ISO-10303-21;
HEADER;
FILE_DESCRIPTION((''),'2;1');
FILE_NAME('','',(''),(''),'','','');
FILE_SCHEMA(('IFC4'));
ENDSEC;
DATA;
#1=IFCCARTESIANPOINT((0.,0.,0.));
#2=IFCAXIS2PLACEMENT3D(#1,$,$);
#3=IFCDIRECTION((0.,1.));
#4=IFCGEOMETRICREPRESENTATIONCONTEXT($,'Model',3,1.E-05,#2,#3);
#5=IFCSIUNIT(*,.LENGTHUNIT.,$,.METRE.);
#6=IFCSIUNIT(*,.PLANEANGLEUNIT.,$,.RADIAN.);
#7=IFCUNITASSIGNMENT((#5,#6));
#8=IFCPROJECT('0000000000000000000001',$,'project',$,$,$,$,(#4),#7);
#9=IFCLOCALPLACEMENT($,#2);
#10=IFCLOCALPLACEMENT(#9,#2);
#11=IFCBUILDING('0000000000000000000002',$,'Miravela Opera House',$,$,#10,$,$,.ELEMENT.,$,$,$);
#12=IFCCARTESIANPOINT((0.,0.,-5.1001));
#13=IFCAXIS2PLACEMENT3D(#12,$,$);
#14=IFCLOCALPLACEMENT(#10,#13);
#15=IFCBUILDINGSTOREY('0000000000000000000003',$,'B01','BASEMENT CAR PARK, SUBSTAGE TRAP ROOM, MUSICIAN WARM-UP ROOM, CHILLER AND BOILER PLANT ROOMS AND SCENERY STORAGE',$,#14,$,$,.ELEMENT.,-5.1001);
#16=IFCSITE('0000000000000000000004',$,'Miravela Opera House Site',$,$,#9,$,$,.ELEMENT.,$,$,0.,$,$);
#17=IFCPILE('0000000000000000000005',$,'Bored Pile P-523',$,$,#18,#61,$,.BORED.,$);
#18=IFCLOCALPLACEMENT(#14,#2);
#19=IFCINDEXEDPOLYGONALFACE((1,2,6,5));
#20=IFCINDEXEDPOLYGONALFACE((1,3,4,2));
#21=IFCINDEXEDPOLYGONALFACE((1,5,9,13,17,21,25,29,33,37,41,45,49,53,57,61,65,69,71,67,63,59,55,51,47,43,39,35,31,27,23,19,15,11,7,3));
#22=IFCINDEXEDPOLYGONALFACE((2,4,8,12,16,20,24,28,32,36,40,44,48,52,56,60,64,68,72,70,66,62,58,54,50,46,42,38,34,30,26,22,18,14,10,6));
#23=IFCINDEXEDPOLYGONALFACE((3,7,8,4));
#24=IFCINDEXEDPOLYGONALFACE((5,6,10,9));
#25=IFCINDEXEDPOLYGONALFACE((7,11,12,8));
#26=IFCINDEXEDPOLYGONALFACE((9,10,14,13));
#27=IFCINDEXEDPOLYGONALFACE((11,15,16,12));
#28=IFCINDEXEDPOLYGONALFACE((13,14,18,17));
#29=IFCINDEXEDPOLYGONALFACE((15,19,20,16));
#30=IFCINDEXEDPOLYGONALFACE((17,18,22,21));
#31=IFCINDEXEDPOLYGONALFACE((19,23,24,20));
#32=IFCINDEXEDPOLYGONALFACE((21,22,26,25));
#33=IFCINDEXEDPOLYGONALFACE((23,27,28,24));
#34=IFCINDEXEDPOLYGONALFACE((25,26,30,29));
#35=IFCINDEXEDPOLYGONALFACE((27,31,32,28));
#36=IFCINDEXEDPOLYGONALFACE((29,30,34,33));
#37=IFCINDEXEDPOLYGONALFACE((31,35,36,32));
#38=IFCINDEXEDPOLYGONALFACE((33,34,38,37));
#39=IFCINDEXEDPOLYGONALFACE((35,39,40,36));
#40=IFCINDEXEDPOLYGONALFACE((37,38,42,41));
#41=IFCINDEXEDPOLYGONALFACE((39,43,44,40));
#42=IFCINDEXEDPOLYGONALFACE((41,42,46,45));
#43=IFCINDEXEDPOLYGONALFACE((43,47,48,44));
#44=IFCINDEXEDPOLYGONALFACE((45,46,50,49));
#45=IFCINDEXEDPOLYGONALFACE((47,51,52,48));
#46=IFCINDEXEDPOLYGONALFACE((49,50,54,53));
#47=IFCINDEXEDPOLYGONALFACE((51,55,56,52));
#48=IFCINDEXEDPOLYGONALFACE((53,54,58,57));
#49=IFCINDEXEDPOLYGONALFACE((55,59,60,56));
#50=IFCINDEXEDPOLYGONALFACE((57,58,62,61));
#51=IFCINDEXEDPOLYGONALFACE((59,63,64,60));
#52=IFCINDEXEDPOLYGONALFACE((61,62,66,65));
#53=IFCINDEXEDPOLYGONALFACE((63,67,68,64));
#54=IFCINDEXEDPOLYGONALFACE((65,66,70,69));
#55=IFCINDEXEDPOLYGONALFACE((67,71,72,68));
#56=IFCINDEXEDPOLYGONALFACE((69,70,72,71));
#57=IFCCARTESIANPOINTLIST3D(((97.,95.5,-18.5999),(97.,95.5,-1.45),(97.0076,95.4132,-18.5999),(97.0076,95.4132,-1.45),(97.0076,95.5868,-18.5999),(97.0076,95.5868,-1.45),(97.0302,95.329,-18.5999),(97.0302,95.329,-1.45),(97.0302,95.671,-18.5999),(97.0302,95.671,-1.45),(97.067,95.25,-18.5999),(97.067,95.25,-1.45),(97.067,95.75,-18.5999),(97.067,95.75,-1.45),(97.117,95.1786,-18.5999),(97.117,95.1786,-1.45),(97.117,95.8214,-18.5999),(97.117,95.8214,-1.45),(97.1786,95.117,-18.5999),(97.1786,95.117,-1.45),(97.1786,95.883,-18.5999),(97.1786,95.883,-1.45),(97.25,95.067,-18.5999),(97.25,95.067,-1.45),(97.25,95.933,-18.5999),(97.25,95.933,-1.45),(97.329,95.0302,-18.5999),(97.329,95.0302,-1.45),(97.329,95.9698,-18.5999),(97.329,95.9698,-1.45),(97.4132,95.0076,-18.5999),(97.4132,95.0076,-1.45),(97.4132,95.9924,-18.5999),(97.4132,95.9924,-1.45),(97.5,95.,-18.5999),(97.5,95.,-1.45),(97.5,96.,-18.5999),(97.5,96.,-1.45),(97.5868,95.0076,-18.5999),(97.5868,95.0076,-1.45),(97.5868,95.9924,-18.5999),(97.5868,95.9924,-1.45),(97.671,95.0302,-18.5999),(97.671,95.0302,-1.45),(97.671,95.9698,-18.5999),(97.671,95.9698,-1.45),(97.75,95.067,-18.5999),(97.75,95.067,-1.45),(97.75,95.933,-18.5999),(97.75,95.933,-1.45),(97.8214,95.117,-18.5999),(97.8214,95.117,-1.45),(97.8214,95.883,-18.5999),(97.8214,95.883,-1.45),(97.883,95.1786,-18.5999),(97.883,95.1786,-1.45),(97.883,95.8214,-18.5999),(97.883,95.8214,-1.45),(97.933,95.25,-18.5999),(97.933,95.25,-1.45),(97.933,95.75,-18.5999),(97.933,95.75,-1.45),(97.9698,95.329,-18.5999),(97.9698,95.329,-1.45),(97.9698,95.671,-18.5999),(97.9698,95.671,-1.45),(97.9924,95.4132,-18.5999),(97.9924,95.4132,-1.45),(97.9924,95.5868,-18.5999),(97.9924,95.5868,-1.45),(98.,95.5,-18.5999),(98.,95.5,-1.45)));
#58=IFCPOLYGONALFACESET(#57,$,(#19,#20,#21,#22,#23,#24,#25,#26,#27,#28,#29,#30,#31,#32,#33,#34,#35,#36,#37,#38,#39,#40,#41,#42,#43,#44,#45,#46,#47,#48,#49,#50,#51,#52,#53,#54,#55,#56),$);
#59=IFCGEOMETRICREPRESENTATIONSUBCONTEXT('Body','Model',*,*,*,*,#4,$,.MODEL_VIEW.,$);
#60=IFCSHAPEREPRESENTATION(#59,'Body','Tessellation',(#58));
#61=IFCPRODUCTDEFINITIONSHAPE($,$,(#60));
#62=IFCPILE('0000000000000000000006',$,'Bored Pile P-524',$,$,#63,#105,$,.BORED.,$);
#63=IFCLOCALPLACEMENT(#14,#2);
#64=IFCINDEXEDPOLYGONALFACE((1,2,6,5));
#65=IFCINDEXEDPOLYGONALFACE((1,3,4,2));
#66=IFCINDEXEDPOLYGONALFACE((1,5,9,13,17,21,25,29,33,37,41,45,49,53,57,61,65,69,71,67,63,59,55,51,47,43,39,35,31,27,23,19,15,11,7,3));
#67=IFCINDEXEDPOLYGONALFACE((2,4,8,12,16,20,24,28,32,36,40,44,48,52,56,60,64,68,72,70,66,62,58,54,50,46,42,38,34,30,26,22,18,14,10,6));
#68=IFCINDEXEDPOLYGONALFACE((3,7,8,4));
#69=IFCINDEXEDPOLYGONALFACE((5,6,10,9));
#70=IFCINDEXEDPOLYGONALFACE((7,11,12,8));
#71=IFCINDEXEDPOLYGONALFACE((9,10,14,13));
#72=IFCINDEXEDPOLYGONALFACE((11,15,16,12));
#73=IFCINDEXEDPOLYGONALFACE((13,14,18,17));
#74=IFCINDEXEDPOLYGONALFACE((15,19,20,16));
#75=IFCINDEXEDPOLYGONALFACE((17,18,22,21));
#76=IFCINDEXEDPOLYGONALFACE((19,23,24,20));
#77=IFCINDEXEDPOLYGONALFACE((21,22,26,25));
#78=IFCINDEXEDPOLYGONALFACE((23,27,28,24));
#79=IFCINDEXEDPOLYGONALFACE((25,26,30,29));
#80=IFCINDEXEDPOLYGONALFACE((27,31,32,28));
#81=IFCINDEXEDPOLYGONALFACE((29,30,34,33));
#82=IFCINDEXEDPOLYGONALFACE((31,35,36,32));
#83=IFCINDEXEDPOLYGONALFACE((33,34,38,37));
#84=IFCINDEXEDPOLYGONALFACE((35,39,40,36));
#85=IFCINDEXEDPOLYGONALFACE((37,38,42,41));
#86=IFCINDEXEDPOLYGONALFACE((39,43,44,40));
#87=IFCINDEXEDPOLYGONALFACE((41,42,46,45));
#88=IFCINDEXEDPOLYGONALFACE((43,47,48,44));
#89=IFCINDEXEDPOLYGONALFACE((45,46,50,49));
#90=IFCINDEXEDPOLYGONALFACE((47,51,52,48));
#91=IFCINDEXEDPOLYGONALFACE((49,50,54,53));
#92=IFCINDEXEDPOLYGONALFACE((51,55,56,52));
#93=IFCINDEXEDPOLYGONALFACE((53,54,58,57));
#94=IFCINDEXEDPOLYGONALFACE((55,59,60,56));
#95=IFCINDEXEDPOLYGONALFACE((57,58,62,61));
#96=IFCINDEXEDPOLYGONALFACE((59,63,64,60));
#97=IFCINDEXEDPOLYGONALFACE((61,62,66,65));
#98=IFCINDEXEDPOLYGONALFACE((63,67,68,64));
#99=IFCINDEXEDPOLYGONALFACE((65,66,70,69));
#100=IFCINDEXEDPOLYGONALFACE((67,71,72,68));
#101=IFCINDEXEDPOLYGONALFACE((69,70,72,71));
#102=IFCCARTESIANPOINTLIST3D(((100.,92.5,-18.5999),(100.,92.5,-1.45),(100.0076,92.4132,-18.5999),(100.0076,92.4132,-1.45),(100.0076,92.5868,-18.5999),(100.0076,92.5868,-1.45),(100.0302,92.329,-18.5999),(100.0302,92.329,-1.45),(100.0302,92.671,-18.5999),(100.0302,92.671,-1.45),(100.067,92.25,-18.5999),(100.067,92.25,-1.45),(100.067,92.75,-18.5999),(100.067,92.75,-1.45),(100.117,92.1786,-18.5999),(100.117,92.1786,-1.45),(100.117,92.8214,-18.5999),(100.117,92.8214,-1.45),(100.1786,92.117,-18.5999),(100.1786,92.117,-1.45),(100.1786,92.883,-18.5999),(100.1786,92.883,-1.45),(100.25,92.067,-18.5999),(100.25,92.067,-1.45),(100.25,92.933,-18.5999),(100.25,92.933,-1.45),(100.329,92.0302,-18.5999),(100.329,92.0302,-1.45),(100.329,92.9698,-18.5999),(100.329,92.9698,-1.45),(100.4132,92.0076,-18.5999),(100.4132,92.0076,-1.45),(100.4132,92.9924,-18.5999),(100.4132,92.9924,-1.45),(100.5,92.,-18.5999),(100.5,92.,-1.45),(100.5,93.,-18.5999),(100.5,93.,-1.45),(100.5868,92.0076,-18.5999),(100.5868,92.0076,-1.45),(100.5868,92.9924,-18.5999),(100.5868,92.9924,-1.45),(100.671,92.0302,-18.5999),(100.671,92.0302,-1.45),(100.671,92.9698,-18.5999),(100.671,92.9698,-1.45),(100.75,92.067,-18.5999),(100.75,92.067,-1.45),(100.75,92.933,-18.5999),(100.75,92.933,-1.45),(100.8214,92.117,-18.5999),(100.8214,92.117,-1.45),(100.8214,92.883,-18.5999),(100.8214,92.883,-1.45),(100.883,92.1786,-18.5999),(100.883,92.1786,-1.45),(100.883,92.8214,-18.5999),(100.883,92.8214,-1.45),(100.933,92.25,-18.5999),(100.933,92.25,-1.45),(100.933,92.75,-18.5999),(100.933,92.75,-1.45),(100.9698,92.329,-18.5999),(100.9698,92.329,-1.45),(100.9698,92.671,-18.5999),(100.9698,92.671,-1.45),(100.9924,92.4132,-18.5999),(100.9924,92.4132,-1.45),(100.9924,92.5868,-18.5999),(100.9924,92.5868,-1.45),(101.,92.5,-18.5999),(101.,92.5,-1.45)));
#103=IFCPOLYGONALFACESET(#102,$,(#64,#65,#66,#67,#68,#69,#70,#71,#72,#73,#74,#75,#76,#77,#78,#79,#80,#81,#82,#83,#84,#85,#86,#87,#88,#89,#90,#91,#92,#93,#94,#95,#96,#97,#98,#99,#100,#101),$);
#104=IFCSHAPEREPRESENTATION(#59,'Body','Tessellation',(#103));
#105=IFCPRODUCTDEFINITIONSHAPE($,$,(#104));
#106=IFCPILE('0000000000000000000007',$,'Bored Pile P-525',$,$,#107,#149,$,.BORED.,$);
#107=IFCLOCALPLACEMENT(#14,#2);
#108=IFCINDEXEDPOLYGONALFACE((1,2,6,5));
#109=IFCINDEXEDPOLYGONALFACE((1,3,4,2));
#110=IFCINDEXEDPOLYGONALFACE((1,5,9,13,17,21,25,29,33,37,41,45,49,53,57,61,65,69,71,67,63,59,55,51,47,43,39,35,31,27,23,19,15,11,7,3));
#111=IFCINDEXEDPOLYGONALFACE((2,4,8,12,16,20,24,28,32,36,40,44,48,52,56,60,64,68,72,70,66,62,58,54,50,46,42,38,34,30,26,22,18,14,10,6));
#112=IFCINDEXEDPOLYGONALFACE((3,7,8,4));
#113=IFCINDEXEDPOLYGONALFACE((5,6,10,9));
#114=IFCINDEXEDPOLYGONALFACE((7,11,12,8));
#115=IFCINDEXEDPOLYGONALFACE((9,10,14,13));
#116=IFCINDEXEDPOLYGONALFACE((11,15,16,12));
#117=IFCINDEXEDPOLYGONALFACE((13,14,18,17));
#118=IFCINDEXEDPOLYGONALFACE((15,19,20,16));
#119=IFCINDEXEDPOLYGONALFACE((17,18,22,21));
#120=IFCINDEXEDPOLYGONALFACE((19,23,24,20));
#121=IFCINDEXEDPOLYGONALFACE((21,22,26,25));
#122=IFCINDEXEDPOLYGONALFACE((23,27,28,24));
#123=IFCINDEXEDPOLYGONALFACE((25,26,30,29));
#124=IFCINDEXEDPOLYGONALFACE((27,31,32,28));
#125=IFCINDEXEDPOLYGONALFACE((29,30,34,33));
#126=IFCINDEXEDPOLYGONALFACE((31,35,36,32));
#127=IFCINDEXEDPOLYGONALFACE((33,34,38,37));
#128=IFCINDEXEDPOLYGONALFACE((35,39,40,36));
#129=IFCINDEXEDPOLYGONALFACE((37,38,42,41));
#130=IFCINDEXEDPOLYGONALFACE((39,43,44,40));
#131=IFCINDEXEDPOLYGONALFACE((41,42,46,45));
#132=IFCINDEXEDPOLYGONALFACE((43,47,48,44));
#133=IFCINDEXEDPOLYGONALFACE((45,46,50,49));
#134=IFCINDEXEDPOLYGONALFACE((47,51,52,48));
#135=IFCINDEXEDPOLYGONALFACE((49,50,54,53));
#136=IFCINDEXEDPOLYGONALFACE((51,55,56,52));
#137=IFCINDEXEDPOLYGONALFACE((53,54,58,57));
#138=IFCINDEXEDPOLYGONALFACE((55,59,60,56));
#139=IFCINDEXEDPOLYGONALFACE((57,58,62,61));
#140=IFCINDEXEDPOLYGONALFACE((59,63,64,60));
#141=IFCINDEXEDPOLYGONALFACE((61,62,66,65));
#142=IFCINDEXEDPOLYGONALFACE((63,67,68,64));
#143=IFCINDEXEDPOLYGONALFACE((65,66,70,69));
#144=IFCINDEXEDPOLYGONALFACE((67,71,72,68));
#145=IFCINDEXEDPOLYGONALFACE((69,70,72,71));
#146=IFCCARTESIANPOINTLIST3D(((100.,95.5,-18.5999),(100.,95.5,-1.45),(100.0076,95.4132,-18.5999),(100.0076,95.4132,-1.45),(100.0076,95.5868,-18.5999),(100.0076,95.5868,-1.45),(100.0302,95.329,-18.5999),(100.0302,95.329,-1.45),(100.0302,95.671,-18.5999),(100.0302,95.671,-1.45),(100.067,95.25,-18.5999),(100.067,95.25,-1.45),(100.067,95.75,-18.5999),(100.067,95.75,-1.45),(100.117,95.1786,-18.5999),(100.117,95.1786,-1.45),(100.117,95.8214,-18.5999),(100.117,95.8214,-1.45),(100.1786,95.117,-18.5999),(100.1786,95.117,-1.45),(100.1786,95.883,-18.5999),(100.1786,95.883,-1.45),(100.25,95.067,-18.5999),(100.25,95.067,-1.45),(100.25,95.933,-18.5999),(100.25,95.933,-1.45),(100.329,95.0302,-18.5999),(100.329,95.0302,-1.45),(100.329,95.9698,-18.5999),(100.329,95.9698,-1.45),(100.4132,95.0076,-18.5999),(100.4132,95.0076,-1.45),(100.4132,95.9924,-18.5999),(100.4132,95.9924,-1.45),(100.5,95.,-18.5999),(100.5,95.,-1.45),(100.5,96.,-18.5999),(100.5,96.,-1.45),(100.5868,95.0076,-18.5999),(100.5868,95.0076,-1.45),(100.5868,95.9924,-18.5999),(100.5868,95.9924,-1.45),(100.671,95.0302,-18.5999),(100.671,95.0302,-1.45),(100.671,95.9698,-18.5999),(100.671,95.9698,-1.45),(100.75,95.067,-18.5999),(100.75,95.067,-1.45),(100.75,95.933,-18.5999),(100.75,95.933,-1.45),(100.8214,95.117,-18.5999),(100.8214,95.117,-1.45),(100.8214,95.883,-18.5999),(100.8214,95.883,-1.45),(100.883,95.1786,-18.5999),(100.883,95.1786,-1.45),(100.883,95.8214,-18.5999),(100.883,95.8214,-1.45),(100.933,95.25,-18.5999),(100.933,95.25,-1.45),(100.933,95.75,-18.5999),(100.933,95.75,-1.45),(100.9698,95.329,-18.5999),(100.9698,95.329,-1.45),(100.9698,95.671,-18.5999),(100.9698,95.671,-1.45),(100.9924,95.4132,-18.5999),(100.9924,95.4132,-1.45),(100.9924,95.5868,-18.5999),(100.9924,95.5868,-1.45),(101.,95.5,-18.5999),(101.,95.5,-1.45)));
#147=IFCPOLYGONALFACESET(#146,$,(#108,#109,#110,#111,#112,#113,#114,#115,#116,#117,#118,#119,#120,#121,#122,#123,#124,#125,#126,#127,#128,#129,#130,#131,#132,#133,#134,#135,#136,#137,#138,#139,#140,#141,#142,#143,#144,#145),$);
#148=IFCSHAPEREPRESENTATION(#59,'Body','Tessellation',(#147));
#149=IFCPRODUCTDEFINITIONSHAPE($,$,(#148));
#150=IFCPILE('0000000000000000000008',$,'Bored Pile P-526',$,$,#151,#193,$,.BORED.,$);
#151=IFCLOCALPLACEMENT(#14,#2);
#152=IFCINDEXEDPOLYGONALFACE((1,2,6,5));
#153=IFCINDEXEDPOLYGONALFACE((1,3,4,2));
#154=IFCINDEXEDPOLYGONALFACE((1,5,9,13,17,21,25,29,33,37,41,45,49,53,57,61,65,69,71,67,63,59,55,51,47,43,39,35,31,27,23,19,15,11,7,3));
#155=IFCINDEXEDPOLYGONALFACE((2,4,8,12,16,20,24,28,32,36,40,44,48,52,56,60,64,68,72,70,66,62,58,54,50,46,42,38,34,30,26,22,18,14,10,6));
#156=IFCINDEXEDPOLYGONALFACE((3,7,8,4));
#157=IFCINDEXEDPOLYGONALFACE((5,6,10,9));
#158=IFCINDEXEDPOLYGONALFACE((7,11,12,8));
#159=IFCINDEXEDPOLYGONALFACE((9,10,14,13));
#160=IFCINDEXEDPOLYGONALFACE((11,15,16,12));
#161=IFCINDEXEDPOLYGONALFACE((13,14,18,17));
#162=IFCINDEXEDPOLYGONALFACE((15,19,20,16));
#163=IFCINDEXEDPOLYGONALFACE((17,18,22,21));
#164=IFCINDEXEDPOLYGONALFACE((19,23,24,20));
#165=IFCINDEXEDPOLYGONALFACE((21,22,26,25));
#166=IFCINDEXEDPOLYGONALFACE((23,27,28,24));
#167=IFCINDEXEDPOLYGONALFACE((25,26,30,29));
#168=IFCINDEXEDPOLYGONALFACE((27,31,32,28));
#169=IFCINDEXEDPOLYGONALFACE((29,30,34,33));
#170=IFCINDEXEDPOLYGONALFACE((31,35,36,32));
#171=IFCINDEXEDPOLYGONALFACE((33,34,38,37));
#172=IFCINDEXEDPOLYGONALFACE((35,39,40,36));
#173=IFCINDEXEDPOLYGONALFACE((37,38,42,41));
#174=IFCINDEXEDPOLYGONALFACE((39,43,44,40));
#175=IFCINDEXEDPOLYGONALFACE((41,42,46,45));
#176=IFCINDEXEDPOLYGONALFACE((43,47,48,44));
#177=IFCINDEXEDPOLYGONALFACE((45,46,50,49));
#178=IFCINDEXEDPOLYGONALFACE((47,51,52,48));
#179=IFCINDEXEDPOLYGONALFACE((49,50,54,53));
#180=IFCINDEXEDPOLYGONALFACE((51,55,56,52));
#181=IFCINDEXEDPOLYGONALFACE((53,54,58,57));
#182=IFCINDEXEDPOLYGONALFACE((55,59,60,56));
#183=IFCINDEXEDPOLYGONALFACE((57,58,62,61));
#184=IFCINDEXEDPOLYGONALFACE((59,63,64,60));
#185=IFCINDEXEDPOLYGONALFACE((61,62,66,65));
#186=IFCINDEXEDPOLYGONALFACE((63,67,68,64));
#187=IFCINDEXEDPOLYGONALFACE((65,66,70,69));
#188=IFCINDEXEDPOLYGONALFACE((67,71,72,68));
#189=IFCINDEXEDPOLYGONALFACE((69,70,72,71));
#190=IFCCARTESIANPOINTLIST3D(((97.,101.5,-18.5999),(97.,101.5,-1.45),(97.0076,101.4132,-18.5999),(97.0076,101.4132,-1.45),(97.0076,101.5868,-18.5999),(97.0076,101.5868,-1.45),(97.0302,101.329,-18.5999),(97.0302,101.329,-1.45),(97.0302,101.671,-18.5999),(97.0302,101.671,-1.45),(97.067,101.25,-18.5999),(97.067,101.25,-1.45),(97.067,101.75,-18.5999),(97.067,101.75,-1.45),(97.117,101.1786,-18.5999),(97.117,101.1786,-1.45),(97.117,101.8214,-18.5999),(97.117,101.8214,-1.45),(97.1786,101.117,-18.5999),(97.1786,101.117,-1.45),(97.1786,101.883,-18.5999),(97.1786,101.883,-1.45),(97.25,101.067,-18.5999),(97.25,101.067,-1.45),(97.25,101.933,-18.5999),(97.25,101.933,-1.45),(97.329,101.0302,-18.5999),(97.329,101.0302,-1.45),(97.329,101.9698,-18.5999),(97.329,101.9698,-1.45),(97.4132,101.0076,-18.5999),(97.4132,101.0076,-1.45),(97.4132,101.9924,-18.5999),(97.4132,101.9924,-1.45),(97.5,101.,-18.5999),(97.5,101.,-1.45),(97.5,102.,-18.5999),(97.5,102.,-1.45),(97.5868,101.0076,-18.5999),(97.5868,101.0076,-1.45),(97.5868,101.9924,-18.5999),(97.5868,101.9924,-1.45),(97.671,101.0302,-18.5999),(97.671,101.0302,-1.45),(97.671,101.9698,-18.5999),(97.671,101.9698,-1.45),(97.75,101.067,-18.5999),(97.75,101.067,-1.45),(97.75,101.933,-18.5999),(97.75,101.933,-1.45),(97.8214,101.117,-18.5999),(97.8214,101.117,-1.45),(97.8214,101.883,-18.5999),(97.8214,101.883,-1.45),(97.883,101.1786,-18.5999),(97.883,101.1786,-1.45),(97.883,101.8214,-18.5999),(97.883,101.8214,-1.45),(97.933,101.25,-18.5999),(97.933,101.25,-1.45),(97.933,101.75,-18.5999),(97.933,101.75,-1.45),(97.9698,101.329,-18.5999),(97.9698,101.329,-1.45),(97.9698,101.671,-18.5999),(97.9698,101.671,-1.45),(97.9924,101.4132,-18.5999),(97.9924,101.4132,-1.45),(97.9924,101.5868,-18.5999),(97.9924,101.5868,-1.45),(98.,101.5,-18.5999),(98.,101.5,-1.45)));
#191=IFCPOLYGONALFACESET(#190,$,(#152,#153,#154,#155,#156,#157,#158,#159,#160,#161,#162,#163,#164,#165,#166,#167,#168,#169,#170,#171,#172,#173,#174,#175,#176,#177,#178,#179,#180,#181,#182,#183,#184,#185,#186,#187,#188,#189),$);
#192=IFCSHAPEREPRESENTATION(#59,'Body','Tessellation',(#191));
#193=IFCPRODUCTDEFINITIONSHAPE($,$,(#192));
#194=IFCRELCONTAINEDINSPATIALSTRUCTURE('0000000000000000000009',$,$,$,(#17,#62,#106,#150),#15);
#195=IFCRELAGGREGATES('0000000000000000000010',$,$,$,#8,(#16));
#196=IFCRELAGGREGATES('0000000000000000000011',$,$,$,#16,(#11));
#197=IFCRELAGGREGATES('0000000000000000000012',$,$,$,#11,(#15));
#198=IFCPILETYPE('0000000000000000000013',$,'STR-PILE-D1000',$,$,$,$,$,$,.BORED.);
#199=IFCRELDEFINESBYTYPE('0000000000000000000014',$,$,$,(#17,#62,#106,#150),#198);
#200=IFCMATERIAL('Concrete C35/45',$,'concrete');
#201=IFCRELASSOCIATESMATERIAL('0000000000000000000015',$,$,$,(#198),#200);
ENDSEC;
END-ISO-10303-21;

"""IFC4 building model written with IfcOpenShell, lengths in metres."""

from ifc_helpers import new_model, si_unit, direction, frame, origin, origin_2d, place, context, subcontext, project, spatial, circle, extrude, material, material_profile, profile_set, type_object, element, save


model = new_model("IFC4")

# Units and contexts
model_context = context("Model", 3, precision=1e-05, world=origin(), true_north=direction((0.0, 1.0)))
body_context = subcontext(model_context, "Body", "Model", "MODEL_VIEW")
ifc_project = project(units=[si_unit("LENGTHUNIT", "METRE"), si_unit("PLANEANGLEUNIT", "RADIAN")], contexts=[model_context])

# Site, building, storey
site_placement = place(None, origin())
site = spatial("IfcSite", under=ifc_project, at=site_placement, Name="Miravela Opera House Site", CompositionType="ELEMENT", RefElevation=0.0)
building_placement = place(site_placement, origin())
building = spatial("IfcBuilding", under=site, at=building_placement, Name="Miravela Opera House", CompositionType="ELEMENT")
storey_placement = place(building_placement, frame((0.0, 0.0, -5.1001)))
storey = spatial("IfcBuildingStorey", under=building, at=storey_placement, Name="B01", Description="BASEMENT CAR PARK, SUBSTAGE TRAP ROOM, MUSICIAN WARM-UP ROOM, CHILLER AND BOILER PLANT ROOMS AND SCENERY STORAGE", CompositionType="ELEMENT", Elevation=-5.1001)

# Shared definitions
ifc_material_1 = material(Name="Concrete C35/45", Category="concrete")

# Piles
ifc_material_profile_1 = material_profile(ifc_material_1, circle(Radius=0.5, at=origin_2d()), Name="PILE-D1000")
ifc_profile_set_1 = profile_set([ifc_material_profile_1])
pile_type_1 = type_object("IfcPileType", Name="STR-PILE-D1000", PredefinedType="BORED", material=ifc_profile_set_1)
for number, where, z_axis, x_axis, name in (
    (1, (97.5, 95.5, -1.45), (0.0, 0.0, -1.0), (1.0, 0.0, 0.0), "Bored Pile P-523"),
    (2, (100.5, 92.5, -1.45), (0.0, 0.0, -1.0), (1.0, 0.0, 0.0), "Bored Pile P-524"),
    (3, (100.5, 95.5, -1.45), (0.0, 0.0, -1.0), (1.0, 0.0, 0.0), "Bored Pile P-525"),
    (4, (97.5, 101.5, -1.45), (0.0, 0.0, -1.0), (1.0, 0.0, 0.0), "Bored Pile P-526"),
):
    element("IfcPile", number, at=place(storey_placement, frame(where, z_axis=z_axis, x_axis=x_axis)), inside=storey, type_object=pile_type_1, Name=name, PredefinedType="BORED", context=body_context, shape_type="SweptSolid", body=[
        extrude(circle(Radius=0.5, at=origin_2d()), origin(), (0.0, 0.0, 1.0), 17.1499),
    ])

save(model, "model.ifc")
